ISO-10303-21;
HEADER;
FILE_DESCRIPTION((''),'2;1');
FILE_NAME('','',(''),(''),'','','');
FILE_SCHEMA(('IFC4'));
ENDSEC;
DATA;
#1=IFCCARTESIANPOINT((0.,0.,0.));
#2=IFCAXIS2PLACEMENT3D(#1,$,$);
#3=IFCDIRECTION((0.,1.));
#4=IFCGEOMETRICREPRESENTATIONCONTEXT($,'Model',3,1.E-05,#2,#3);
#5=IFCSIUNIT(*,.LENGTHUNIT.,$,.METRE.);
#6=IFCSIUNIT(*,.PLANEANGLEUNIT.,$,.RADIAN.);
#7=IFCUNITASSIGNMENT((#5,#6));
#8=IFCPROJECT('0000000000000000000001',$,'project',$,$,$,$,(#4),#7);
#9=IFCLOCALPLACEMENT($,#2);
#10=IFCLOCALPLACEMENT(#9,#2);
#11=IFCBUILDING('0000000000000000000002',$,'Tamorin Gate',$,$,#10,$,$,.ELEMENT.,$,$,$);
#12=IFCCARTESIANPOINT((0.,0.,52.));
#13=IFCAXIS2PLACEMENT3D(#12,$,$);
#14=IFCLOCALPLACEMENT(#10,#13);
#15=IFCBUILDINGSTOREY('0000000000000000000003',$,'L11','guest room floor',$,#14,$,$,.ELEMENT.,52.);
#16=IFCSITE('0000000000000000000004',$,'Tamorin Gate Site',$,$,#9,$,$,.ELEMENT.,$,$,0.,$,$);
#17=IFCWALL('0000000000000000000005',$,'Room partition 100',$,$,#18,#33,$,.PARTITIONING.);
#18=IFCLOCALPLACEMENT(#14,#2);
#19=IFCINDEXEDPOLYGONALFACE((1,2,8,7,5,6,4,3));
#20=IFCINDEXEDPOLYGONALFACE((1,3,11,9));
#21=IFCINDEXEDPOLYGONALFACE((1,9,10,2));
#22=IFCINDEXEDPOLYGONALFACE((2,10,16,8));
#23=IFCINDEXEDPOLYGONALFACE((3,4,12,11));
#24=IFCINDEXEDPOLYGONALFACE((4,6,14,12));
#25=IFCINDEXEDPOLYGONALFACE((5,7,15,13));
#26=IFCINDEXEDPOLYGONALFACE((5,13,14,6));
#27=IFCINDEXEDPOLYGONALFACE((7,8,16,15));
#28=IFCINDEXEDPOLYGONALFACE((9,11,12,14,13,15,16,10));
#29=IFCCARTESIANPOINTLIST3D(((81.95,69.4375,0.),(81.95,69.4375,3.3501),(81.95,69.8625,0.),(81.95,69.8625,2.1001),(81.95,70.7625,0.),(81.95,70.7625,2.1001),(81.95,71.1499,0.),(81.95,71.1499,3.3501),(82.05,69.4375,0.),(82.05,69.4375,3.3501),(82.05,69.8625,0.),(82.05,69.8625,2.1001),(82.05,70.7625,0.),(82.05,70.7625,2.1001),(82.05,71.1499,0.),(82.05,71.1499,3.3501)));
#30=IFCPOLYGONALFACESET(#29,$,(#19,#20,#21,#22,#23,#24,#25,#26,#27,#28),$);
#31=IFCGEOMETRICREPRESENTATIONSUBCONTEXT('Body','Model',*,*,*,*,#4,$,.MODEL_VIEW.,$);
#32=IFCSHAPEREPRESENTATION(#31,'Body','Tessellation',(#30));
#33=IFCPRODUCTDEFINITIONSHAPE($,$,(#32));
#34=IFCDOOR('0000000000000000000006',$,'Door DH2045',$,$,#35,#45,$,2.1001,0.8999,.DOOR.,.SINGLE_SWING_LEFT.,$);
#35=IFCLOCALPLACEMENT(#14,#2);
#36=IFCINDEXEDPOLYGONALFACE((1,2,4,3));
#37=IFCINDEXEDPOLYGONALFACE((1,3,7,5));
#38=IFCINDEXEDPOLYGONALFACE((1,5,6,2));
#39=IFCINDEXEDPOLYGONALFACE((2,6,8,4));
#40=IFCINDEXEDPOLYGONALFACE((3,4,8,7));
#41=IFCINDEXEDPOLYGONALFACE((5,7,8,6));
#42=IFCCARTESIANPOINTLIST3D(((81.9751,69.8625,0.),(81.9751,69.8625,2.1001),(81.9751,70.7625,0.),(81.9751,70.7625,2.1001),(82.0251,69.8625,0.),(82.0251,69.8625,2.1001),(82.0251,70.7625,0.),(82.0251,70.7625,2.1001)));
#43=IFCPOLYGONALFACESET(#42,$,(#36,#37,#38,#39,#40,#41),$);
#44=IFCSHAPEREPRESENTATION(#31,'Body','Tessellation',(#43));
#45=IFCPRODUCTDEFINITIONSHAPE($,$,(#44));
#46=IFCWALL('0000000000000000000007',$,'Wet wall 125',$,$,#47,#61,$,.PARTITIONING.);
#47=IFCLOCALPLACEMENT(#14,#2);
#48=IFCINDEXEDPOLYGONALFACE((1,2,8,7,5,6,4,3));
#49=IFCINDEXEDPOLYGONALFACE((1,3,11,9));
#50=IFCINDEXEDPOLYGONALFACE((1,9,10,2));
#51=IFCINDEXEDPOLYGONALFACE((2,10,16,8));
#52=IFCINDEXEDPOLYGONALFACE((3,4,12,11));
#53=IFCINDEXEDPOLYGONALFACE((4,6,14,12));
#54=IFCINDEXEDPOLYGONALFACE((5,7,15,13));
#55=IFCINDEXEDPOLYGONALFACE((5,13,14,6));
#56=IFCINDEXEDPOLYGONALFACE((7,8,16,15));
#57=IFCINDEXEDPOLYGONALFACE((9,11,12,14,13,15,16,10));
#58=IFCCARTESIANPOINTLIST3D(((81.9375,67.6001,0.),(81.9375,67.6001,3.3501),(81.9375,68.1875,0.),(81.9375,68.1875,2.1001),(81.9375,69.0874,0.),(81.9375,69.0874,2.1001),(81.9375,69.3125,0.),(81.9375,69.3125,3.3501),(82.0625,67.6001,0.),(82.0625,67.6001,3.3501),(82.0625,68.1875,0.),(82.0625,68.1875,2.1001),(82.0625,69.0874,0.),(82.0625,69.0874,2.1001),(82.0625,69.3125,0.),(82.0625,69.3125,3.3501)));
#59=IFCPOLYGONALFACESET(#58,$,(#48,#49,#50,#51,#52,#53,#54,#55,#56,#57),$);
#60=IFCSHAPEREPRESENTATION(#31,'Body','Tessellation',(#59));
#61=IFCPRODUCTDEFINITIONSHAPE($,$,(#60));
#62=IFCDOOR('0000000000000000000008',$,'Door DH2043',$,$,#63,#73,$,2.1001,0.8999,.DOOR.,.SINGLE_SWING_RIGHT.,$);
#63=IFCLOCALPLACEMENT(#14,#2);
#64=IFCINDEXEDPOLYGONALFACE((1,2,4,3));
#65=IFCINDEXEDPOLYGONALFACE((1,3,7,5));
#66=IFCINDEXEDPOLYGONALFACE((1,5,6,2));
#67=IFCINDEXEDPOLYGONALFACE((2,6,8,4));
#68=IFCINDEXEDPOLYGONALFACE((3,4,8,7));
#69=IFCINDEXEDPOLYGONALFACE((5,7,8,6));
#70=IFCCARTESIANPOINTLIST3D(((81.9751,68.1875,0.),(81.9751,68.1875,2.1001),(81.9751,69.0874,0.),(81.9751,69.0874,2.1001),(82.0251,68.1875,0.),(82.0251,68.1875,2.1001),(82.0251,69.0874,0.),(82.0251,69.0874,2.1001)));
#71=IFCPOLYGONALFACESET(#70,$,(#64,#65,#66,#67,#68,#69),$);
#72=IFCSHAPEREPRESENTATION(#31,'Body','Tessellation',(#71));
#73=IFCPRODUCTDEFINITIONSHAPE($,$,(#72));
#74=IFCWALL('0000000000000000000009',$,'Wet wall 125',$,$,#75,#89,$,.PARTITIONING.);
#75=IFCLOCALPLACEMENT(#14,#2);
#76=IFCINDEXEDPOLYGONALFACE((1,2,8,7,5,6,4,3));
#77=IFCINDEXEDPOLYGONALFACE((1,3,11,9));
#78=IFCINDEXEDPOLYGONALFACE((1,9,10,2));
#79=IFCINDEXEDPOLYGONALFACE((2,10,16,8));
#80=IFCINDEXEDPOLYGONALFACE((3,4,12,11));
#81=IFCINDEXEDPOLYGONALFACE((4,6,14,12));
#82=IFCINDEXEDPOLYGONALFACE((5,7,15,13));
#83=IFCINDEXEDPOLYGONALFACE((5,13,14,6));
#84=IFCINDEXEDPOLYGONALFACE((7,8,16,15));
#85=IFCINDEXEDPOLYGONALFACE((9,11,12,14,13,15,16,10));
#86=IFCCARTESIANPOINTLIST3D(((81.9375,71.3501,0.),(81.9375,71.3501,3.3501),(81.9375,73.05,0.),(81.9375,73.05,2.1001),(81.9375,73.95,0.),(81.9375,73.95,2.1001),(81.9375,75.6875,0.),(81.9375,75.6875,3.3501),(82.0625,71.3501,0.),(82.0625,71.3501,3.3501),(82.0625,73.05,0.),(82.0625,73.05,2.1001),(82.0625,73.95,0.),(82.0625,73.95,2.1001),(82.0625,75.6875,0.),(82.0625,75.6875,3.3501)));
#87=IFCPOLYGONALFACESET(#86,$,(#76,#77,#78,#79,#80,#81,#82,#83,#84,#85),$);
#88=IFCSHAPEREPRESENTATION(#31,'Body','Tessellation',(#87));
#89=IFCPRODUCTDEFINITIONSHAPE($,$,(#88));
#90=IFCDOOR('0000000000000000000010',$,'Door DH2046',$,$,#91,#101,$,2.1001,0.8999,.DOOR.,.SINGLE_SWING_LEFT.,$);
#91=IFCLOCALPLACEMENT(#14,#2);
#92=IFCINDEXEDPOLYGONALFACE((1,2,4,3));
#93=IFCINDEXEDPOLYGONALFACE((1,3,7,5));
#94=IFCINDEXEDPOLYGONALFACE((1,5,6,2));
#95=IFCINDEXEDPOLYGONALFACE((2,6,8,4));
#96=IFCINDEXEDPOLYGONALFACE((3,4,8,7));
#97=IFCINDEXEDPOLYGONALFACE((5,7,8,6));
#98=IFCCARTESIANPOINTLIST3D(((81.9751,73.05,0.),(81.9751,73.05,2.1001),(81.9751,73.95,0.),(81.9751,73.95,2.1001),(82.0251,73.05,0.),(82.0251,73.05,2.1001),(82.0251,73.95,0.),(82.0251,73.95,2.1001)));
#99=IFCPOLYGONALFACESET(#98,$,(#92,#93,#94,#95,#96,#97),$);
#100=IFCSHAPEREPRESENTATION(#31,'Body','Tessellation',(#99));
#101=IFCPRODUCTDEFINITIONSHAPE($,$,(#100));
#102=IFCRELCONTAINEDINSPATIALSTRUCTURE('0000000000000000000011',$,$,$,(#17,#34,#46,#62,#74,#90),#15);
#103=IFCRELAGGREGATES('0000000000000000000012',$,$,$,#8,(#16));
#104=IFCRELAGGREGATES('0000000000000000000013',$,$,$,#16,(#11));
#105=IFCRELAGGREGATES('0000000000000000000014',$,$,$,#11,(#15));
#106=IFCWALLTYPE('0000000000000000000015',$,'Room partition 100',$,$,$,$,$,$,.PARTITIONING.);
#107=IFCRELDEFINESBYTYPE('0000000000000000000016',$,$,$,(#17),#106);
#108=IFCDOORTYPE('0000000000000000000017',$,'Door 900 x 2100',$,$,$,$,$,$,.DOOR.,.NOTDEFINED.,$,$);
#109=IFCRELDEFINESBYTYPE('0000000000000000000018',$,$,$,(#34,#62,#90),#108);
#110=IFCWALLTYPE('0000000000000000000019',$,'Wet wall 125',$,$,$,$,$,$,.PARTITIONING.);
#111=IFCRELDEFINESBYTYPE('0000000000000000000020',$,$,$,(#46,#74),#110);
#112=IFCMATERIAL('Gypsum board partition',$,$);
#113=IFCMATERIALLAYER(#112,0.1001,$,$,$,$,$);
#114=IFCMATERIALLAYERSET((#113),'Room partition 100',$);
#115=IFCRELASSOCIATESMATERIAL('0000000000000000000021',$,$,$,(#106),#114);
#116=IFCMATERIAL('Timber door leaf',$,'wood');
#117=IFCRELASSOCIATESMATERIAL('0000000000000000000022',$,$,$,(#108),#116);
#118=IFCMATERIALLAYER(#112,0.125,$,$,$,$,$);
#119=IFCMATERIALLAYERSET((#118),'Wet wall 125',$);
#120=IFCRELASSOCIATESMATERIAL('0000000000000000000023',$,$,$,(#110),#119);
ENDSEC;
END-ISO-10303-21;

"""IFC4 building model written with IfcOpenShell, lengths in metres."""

from ifc_helpers import new_model, si_unit, direction, frame, frame_2d, origin, place, context, subcontext, project, spatial, rectangle, extrude, material, layer, layer_set, type_object, element, fill, save


model = new_model("IFC4")

# Units and contexts
model_context = context("Model", 3, precision=1e-05, world=origin(), true_north=direction((0.0, 1.0)))
body_context = subcontext(model_context, "Body", "Model", "MODEL_VIEW")
ifc_project = project(units=[si_unit("LENGTHUNIT", "METRE"), si_unit("PLANEANGLEUNIT", "RADIAN")], contexts=[model_context])

# Site, building, storey
site_placement = place(None, origin())
site = spatial("IfcSite", under=ifc_project, at=site_placement, Name="Tamorin Gate Site", CompositionType="ELEMENT", RefElevation=0.0)
building_placement = place(site_placement, origin())
building = spatial("IfcBuilding", under=site, at=building_placement, Name="Tamorin Gate", CompositionType="ELEMENT")
storey_placement = place(building_placement, frame((0.0, 0.0, 52.0)))
storey = spatial("IfcBuildingStorey", under=building, at=storey_placement, Name="L11", Description="guest room floor", CompositionType="ELEMENT", Elevation=52.0)

# Walls, openings, doors
ifc_material_1 = material(Name="Gypsum board partition")
ifc_layer_1 = layer(ifc_material_1, 0.1001)
ifc_layer_set_1 = layer_set([ifc_layer_1], Name="Room partition 100")
wall_type_1 = type_object("IfcWallType", Name="Room partition 100", PredefinedType="PARTITIONING", material=ifc_layer_set_1)
ifc_material_2 = material(Name="Timber door leaf", Category="wood")
door_type = type_object("IfcDoorType", Name="Door 900 x 2100", OperationType="NOTDEFINED", PredefinedType="DOOR", material=ifc_material_2)
wall_1_placement = place(storey_placement, frame((82.0, 69.4375, 0.0), z_axis=(0.0, 0.0, 1.0), x_axis=(0.0, 1.0, 0.0)))
wall_1 = element("IfcWall", 1, at=wall_1_placement, inside=storey, type_object=wall_type_1, Name="Room partition 100", PredefinedType="PARTITIONING", context=body_context, shape_type="SweptSolid", body=[
    extrude(rectangle(XDim=1.7124, YDim=0.1001, at=frame_2d((0.8562, 0.0))), origin(), (0.0, 0.0, 1.0), 3.3501),
])
opening_1_placement = place(wall_1_placement, frame((0.425, 0.0, 0.0)))
opening_1 = element("IfcOpeningElement", 2, at=opening_1_placement, cuts=wall_1, PredefinedType="OPENING", context=body_context, shape_type="SweptSolid", body=[
    extrude(rectangle(XDim=0.8999, YDim=2.1001, at=frame_2d((0.45, 1.05))), frame((0.0, 0.0601, 0.0), z_axis=(0.0, -1.0, 0.0), x_axis=(1.0, 0.0, 0.0)), (0.0, 0.0, 1.0), 0.1201),
])
door_1_placement = place(opening_1_placement, origin())
door_1 = element("IfcDoor", 3, at=door_1_placement, inside=storey, type_object=door_type, Name="Door DH2045", OperationType="SINGLE_SWING_LEFT", OverallHeight=2.1001, OverallWidth=0.8999, PredefinedType="DOOR", context=body_context, shape_type="SweptSolid", body=[
    extrude(rectangle(XDim=0.8999, YDim=2.1001, at=frame_2d((0.45, 1.05))), frame((0.0, 0.0249, 0.0), z_axis=(0.0, -1.0, 0.0), x_axis=(1.0, 0.0, 0.0)), (0.0, 0.0, 1.0), 0.05),
])
fill(opening_1, door_1)
ifc_layer_2 = layer(ifc_material_1, 0.125)
ifc_layer_set_2 = layer_set([ifc_layer_2], Name="Wet wall 125")
wall_type_2 = type_object("IfcWallType", Name="Wet wall 125", PredefinedType="PARTITIONING", material=ifc_layer_set_2)
wall_2_placement = place(storey_placement, frame((82.0, 67.6001, 0.0), z_axis=(0.0, 0.0, 1.0), x_axis=(0.0, 1.0, 0.0)))
wall_2 = element("IfcWall", 4, at=wall_2_placement, inside=storey, type_object=wall_type_2, Name="Wet wall 125", PredefinedType="PARTITIONING", context=body_context, shape_type="SweptSolid", body=[
    extrude(rectangle(XDim=1.7124, YDim=0.125, at=frame_2d((0.8562, 0.0))), origin(), (0.0, 0.0, 1.0), 3.3501),
])
opening_2_placement = place(wall_2_placement, frame((0.5874, 0.0, 0.0)))
opening_2 = element("IfcOpeningElement", 5, at=opening_2_placement, cuts=wall_2, PredefinedType="OPENING", context=body_context, shape_type="SweptSolid", body=[
    extrude(rectangle(XDim=0.8999, YDim=2.1001, at=frame_2d((0.45, 1.05))), frame((0.0, 0.0725, 0.0), z_axis=(0.0, -1.0, 0.0), x_axis=(1.0, 0.0, 0.0)), (0.0, 0.0, 1.0), 0.145),
])
door_2_placement = place(opening_2_placement, origin())
door_2 = element("IfcDoor", 6, at=door_2_placement, inside=storey, type_object=door_type, Name="Door DH2043", OperationType="SINGLE_SWING_RIGHT", OverallHeight=2.1001, OverallWidth=0.8999, PredefinedType="DOOR", context=body_context, shape_type="SweptSolid", body=[
    extrude(rectangle(XDim=0.8999, YDim=2.1001, at=frame_2d((0.45, 1.05))), frame((0.0, 0.0249, 0.0), z_axis=(0.0, -1.0, 0.0), x_axis=(1.0, 0.0, 0.0)), (0.0, 0.0, 1.0), 0.05),
])
fill(opening_2, door_2)
wall_3_placement = place(storey_placement, frame((82.0, 71.3501, 0.0), z_axis=(0.0, 0.0, 1.0), x_axis=(0.0, 1.0, 0.0)))
wall_3 = element("IfcWall", 7, at=wall_3_placement, inside=storey, type_object=wall_type_2, Name="Wet wall 125", PredefinedType="PARTITIONING", context=body_context, shape_type="SweptSolid", body=[
    extrude(rectangle(XDim=4.3374, YDim=0.125, at=frame_2d((2.1687, 0.0))), origin(), (0.0, 0.0, 1.0), 3.3501),
])
opening_3_placement = place(wall_3_placement, frame((1.7, 0.0, 0.0)))
opening_3 = element("IfcOpeningElement", 8, at=opening_3_placement, cuts=wall_3, PredefinedType="OPENING", context=body_context, shape_type="SweptSolid", body=[
    extrude(rectangle(XDim=0.8999, YDim=2.1001, at=frame_2d((0.45, 1.05))), frame((0.0, 0.0725, 0.0), z_axis=(0.0, -1.0, 0.0), x_axis=(1.0, 0.0, 0.0)), (0.0, 0.0, 1.0), 0.145),
])
door_3_placement = place(opening_3_placement, origin())
door_3 = element("IfcDoor", 9, at=door_3_placement, inside=storey, type_object=door_type, Name="Door DH2046", OperationType="SINGLE_SWING_LEFT", OverallHeight=2.1001, OverallWidth=0.8999, PredefinedType="DOOR", context=body_context, shape_type="SweptSolid", body=[
    extrude(rectangle(XDim=0.8999, YDim=2.1001, at=frame_2d((0.45, 1.05))), frame((0.0, 0.0249, 0.0), z_axis=(0.0, -1.0, 0.0), x_axis=(1.0, 0.0, 0.0)), (0.0, 0.0, 1.0), 0.05),
])
fill(opening_3, door_3)

save(model, "model.ifc")
